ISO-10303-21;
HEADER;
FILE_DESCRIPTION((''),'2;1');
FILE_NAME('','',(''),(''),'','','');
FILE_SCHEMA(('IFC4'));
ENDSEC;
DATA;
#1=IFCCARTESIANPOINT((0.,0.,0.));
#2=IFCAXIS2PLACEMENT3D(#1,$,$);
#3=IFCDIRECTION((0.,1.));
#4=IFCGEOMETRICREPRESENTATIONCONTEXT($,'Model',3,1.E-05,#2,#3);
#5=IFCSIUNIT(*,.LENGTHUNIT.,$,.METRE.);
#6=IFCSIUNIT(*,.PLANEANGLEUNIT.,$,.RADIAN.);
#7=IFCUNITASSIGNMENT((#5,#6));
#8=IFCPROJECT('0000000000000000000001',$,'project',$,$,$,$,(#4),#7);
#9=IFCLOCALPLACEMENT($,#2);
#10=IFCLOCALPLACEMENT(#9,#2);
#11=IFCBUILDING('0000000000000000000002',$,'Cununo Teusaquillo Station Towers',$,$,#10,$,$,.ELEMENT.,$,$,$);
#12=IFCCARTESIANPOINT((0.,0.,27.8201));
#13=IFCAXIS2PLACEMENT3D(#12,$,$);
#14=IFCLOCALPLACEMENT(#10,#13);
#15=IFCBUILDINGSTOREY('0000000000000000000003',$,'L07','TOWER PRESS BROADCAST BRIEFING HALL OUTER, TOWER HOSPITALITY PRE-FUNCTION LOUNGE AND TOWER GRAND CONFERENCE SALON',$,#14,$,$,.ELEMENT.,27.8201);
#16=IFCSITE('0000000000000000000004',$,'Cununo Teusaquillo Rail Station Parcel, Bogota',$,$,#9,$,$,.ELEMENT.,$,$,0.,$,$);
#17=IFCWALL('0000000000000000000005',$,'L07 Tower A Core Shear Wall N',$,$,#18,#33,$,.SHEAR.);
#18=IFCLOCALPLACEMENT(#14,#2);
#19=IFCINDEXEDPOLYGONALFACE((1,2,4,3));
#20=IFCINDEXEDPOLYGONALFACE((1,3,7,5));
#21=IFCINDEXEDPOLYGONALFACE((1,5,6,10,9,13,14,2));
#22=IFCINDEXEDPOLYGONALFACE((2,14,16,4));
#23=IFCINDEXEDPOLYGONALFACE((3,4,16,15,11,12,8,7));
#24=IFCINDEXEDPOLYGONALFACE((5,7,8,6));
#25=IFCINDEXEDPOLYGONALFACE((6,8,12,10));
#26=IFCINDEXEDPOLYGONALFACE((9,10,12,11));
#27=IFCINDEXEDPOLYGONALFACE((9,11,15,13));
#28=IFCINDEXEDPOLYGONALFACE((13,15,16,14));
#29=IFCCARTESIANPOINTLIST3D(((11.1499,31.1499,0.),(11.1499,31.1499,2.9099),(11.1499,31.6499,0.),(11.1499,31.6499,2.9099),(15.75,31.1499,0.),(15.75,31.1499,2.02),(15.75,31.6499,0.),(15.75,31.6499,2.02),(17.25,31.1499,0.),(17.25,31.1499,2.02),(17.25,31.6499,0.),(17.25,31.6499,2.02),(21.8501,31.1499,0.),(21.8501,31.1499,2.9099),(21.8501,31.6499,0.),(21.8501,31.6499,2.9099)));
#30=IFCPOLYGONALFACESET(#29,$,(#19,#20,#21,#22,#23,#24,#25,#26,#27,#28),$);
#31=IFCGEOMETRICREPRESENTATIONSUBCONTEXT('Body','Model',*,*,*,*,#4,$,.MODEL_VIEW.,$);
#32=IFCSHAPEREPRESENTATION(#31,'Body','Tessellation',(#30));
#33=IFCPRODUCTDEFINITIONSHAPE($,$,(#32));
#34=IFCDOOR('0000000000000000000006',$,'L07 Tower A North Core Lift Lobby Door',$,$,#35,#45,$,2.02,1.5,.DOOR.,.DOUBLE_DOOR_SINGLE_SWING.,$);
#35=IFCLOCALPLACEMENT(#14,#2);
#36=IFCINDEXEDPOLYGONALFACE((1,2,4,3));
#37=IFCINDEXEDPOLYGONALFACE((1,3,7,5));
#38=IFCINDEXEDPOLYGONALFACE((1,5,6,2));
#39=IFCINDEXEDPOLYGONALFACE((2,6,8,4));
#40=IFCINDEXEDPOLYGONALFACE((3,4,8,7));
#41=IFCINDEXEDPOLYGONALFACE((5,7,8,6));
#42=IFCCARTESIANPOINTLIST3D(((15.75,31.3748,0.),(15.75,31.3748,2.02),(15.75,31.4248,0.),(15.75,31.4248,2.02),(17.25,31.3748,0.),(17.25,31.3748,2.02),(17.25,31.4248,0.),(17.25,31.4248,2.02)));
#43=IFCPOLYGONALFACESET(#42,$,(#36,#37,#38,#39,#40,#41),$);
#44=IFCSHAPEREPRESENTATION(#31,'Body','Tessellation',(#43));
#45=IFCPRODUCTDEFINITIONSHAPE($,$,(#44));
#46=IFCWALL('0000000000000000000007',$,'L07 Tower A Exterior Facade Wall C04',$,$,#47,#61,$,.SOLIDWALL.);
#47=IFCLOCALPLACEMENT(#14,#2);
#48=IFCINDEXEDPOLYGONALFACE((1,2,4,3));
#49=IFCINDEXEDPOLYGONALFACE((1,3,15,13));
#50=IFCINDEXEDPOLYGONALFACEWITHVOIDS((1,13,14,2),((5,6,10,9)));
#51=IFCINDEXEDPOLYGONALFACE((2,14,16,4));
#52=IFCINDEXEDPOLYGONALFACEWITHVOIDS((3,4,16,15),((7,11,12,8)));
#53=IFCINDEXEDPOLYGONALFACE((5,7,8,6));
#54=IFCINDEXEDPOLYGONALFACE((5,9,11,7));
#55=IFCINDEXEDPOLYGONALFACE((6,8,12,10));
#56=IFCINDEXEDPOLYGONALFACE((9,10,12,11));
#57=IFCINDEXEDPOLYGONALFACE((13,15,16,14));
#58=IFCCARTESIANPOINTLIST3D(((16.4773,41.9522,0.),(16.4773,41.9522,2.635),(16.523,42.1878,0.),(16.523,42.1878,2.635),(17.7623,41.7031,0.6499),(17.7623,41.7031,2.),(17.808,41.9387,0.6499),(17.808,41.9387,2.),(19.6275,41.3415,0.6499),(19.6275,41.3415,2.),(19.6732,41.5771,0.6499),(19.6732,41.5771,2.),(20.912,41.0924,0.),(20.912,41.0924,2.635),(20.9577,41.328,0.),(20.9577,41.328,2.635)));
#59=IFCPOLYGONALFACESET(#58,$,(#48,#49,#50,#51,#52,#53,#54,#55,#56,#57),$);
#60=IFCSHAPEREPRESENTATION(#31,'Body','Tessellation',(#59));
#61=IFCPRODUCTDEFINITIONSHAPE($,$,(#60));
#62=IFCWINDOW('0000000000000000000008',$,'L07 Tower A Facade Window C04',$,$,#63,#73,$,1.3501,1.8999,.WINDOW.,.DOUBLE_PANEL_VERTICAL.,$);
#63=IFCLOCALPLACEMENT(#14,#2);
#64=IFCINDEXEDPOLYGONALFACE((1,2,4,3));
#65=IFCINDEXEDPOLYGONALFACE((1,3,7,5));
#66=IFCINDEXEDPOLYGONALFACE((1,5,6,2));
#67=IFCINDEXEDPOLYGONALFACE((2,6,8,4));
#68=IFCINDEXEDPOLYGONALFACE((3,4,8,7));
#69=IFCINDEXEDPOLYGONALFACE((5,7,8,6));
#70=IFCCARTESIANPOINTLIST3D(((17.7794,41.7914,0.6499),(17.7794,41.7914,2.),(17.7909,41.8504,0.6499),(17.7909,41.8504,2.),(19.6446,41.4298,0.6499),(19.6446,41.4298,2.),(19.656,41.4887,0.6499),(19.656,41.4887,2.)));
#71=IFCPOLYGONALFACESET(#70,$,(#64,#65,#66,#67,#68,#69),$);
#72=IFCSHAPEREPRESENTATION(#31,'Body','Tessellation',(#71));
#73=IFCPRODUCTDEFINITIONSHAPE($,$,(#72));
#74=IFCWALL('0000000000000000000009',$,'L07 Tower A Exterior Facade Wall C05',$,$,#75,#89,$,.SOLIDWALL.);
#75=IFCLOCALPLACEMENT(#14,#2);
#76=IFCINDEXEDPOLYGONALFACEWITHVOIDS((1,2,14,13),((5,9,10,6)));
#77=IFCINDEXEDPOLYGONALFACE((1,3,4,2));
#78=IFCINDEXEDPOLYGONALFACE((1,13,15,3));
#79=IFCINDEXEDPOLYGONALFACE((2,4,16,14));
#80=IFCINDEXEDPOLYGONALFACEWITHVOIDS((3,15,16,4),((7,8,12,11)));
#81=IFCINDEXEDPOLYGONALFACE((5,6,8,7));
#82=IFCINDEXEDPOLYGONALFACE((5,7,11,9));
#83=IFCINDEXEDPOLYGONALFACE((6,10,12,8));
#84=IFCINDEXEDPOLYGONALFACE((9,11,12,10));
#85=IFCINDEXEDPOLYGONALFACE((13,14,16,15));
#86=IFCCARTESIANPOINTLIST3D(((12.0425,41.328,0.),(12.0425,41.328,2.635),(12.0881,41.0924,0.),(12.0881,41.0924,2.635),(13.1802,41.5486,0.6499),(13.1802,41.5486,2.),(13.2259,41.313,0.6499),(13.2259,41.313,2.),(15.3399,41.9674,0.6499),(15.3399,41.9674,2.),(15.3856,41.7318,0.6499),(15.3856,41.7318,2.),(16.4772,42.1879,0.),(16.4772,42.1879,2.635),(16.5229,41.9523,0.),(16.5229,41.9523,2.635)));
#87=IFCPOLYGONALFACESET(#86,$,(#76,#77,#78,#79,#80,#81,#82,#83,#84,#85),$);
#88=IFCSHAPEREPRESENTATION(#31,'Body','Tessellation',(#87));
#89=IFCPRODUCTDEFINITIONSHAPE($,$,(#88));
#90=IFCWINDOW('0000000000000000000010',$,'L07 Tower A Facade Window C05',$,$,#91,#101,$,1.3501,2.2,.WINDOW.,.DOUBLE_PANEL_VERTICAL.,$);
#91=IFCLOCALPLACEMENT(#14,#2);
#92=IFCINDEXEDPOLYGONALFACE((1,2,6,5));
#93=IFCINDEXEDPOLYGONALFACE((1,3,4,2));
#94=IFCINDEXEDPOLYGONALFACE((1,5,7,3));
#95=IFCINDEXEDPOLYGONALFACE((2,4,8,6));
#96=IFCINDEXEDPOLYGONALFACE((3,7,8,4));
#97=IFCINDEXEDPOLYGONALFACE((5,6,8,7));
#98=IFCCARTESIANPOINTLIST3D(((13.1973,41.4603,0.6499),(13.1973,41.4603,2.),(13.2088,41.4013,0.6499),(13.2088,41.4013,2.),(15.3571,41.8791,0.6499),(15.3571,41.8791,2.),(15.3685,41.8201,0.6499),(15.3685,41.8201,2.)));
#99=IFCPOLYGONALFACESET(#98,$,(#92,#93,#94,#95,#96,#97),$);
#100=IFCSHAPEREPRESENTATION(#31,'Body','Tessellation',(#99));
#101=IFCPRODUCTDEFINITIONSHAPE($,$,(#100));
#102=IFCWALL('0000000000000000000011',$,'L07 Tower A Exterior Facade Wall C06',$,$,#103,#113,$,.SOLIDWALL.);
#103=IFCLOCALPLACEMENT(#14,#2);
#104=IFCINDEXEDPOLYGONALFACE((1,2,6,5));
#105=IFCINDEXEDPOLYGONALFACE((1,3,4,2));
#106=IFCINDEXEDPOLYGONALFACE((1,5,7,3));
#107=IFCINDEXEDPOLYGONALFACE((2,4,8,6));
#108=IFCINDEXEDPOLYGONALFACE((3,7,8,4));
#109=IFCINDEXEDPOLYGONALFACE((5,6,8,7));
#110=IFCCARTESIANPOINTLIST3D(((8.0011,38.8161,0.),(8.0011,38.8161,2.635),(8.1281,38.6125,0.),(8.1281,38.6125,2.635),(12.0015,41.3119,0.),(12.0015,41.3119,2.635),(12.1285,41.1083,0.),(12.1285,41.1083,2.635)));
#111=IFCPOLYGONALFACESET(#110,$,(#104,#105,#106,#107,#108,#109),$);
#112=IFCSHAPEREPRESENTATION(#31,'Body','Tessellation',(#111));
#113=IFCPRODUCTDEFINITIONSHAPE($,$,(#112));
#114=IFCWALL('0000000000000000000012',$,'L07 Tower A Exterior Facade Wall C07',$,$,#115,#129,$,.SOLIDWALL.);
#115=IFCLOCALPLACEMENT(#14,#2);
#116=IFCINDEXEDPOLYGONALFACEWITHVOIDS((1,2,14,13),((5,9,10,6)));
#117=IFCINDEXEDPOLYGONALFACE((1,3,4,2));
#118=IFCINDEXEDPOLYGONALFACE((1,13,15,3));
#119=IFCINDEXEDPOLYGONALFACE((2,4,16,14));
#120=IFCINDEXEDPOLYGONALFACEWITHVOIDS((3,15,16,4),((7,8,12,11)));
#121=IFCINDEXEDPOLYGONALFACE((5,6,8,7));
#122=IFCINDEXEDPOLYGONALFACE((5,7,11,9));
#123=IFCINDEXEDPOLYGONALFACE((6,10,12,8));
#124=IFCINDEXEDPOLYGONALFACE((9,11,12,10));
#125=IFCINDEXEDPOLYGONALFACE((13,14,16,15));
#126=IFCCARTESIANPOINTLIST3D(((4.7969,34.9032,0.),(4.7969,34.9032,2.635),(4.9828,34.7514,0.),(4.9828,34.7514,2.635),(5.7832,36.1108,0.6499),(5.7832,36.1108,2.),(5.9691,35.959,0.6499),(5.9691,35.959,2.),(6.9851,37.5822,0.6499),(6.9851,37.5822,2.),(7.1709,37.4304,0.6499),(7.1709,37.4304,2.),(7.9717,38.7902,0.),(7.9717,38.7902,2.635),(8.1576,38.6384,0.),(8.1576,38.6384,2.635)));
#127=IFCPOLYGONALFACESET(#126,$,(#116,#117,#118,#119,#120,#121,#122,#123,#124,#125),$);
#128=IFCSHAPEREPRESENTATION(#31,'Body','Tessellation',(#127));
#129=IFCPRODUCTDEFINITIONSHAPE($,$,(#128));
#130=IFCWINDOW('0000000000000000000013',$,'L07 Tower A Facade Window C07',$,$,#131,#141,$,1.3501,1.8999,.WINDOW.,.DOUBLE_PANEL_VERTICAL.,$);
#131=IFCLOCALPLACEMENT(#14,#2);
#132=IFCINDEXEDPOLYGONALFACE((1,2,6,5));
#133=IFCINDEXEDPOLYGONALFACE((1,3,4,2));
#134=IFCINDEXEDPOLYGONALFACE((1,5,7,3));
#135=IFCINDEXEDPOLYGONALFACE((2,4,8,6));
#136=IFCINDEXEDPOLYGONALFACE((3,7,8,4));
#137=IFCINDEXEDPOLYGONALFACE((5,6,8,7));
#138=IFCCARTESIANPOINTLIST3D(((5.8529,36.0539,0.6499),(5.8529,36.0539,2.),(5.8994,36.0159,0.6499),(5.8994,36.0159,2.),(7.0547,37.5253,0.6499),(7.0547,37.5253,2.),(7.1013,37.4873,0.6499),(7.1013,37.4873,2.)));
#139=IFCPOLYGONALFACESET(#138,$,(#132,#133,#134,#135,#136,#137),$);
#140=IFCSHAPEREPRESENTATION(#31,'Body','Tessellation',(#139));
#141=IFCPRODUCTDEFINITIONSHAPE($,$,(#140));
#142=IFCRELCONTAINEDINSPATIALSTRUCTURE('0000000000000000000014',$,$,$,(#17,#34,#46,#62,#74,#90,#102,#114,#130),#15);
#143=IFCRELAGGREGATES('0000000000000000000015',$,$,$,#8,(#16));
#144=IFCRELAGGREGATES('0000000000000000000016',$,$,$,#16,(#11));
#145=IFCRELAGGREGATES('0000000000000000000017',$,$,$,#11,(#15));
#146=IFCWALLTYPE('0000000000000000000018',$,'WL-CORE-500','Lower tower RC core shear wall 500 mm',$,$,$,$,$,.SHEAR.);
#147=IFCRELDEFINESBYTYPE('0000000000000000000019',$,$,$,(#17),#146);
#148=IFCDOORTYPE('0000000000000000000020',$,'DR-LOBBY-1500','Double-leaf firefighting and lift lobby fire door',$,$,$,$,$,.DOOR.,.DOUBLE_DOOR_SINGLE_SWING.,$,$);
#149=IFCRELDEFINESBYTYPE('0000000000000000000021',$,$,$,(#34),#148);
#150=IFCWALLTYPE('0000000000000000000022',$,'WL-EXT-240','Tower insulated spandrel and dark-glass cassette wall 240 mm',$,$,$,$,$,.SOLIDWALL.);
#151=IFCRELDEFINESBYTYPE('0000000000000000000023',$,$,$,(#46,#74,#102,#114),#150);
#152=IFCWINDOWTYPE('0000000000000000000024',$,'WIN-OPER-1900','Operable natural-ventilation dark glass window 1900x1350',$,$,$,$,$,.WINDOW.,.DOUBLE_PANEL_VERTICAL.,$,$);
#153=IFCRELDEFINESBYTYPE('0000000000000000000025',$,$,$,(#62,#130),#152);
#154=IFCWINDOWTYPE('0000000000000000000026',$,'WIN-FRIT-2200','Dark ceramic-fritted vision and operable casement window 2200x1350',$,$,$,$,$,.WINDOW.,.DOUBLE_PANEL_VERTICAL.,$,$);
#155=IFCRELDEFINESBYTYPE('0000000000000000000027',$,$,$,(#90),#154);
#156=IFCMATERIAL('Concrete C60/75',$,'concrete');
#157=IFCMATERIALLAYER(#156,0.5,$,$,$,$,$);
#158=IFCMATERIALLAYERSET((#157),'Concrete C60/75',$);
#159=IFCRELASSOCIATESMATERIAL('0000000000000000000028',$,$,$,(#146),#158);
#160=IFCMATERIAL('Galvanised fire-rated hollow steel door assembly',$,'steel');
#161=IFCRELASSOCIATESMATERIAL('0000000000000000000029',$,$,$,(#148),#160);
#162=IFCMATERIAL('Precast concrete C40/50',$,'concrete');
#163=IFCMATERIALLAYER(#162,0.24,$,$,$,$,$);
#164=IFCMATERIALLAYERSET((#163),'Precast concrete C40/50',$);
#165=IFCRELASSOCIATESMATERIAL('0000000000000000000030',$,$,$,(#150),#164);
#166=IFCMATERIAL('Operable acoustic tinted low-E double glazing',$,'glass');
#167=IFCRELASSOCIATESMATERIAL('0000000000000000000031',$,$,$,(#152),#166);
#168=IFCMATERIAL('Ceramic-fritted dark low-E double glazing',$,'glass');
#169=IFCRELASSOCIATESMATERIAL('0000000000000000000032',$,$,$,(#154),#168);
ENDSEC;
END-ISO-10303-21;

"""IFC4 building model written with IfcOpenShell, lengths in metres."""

from ifc_helpers import new_model, si_unit, direction, frame, frame_2d, origin, place, context, subcontext, project, spatial, rectangle, extrude, source, transform, mapped, material, layer, layer_set, type_object, element, fill, save


model = new_model("IFC4")

# Units and contexts
model_context = context("Model", 3, precision=1e-05, world=origin(), true_north=direction((0.0, 1.0)))
body_context = subcontext(model_context, "Body", "Model", "MODEL_VIEW")
ifc_project = project(units=[si_unit("LENGTHUNIT", "METRE"), si_unit("PLANEANGLEUNIT", "RADIAN")], contexts=[model_context])

# Site, building, storey
site_placement = place(None, origin())
site = spatial("IfcSite", under=ifc_project, at=site_placement, Name="Cununo Teusaquillo Rail Station Parcel, Bogota", CompositionType="ELEMENT", RefElevation=0.0)
building_placement = place(site_placement, origin())
building = spatial("IfcBuilding", under=site, at=building_placement, Name="Cununo Teusaquillo Station Towers", CompositionType="ELEMENT")
storey_placement = place(building_placement, frame((0.0, 0.0, 27.8201)))
storey = spatial("IfcBuildingStorey", under=building, at=storey_placement, Name="L07", Description="TOWER PRESS BROADCAST BRIEFING HALL OUTER, TOWER HOSPITALITY PRE-FUNCTION LOUNGE AND TOWER GRAND CONFERENCE SALON", CompositionType="ELEMENT", Elevation=27.8201)

# Wall, opening, door
ifc_material_1 = material(Name="Concrete C60/75", Category="concrete")
ifc_layer_1 = layer(ifc_material_1, 0.5)
ifc_layer_set_1 = layer_set([ifc_layer_1], Name="Concrete C60/75")
wall_type_1 = type_object("IfcWallType", Name="WL-CORE-500", Description="Lower tower RC core shear wall 500 mm", PredefinedType="SHEAR", material=ifc_layer_set_1)
wall_1_placement = place(storey_placement, frame((11.1499, 31.3999, 0.0), z_axis=(0.0, 0.0, 1.0), x_axis=(1.0, 0.0, 0.0)))
wall_1 = element("IfcWall", 1, at=wall_1_placement, inside=storey, type_object=wall_type_1, Name="L07 Tower A Core Shear Wall N", PredefinedType="SHEAR", context=body_context, shape_type="SweptSolid", body=[
    extrude(rectangle(XDim=10.7002, YDim=0.5, at=frame_2d((5.3501, 0.0))), origin(), (0.0, 0.0, 1.0), 2.9099),
])
shared_shape_1 = source(origin(), body_context, "Body", "SweptSolid", [
    extrude(rectangle(XDim=1.5, YDim=2.02, at=frame_2d((0.75, 1.01))), frame((0.0, 0.26, 0.0), z_axis=(0.0, -1.0, 0.0), x_axis=(1.0, 0.0, 0.0)), (0.0, 0.0, 1.0), 0.52),
])
opening_1_placement = place(wall_1_placement, frame((4.6001, 0.0, 0.0)))
opening_1 = element("IfcOpeningElement", 2, at=opening_1_placement, cuts=wall_1, PredefinedType="OPENING", context=body_context, shape_type="MappedRepresentation", body=[
    mapped(shared_shape_1, transform((0.0, 0.0, 0.0), x_axis=(1.0, 0.0, 0.0), y_axis=(0.0, 1.0, 0.0), z_axis=(0.0, 0.0, 1.0), scale=1.0)),
])
ifc_material_2 = material(Name="Galvanised fire-rated hollow steel door assembly", Category="steel")
door_type_1 = type_object("IfcDoorType", Name="DR-LOBBY-1500", Description="Double-leaf firefighting and lift lobby fire door", OperationType="DOUBLE_DOOR_SINGLE_SWING", PredefinedType="DOOR", material=ifc_material_2)
shared_shape_2 = source(origin(), body_context, "Body", "SweptSolid", [
    extrude(rectangle(XDim=1.5, YDim=2.02, at=frame_2d((0.75, 1.01))), frame((0.0, 0.0249, 0.0), z_axis=(0.0, -1.0, 0.0), x_axis=(1.0, 0.0, 0.0)), (0.0, 0.0, 1.0), 0.05),
])
door_1_placement = place(opening_1_placement, origin())
door_1 = element("IfcDoor", 3, at=door_1_placement, inside=storey, type_object=door_type_1, Name="L07 Tower A North Core Lift Lobby Door", OperationType="DOUBLE_DOOR_SINGLE_SWING", OverallHeight=2.02, OverallWidth=1.5, PredefinedType="DOOR", context=body_context, shape_type="MappedRepresentation", body=[
    mapped(shared_shape_2, transform((0.0, 0.0, 0.0), x_axis=(1.0, 0.0, 0.0), y_axis=(0.0, 1.0, 0.0), z_axis=(0.0, 0.0, 1.0), scale=1.0)),
])
fill(opening_1, door_1)

# Walls, openings, windows
ifc_material_3 = material(Name="Precast concrete C40/50", Category="concrete")
ifc_layer_2 = layer(ifc_material_3, 0.24)
ifc_layer_set_2 = layer_set([ifc_layer_2], Name="Precast concrete C40/50")
wall_type_2 = type_object("IfcWallType", Name="WL-EXT-240", Description="Tower insulated spandrel and dark-glass cassette wall 240 mm", PredefinedType="SOLIDWALL", material=ifc_layer_set_2)
wall_2_placement = place(storey_placement, frame((16.5, 42.0701, 0.0), z_axis=(0.0, 0.0, 1.0), x_axis=(0.981717, -0.190345, 0.0)))
wall_2 = element("IfcWall", 4, at=wall_2_placement, inside=storey, type_object=wall_type_2, Name="L07 Tower A Exterior Facade Wall C04", PredefinedType="SOLIDWALL", context=body_context, shape_type="SweptSolid", body=[
    extrude(rectangle(XDim=4.5173, YDim=0.24, at=frame_2d((2.2588, 0.0))), origin(), (0.0, 0.0, 1.0), 2.635),
])
shared_shape_3 = source(origin(), body_context, "Body", "SweptSolid", [
    extrude(rectangle(XDim=1.8999, YDim=1.3501, at=frame_2d((0.95, 0.675))), frame((0.0, 0.1299, 0.0), z_axis=(0.0, -1.0, 0.0), x_axis=(1.0, 0.0, 0.0)), (0.0, 0.0, 1.0), 0.26),
])
opening_2_placement = place(wall_2_placement, frame((1.3091, 0.0, 0.6499)))
opening_2 = element("IfcOpeningElement", 5, at=opening_2_placement, cuts=wall_2, PredefinedType="OPENING", context=body_context, shape_type="MappedRepresentation", body=[
    mapped(shared_shape_3, transform((0.0, 0.0, 0.0), x_axis=(1.0, 0.0, 0.0), y_axis=(0.0, 1.0, 0.0), z_axis=(0.0, 0.0, 1.0), scale=1.0)),
])
ifc_material_4 = material(Name="Operable acoustic tinted low-E double glazing", Category="glass")
window_type_1 = type_object("IfcWindowType", Name="WIN-OPER-1900", Description="Operable natural-ventilation dark glass window 1900x1350", PartitioningType="DOUBLE_PANEL_VERTICAL", PredefinedType="WINDOW", material=ifc_material_4)
shared_shape_4 = source(origin(), body_context, "Body", "SweptSolid", [
    extrude(rectangle(XDim=1.8999, YDim=1.3501, at=frame_2d((0.95, 0.675))), frame((0.0, 0.03, 0.0), z_axis=(0.0, -1.0, 0.0), x_axis=(1.0, 0.0, 0.0)), (0.0, 0.0, 1.0), 0.0601),
])
window_1_placement = place(opening_2_placement, origin())
window_1 = element("IfcWindow", 6, at=window_1_placement, inside=storey, type_object=window_type_1, Name="L07 Tower A Facade Window C04", OverallHeight=1.3501, OverallWidth=1.8999, PartitioningType="DOUBLE_PANEL_VERTICAL", PredefinedType="WINDOW", context=body_context, shape_type="MappedRepresentation", body=[
    mapped(shared_shape_4, transform((0.0, 0.0, 0.0), x_axis=(1.0, 0.0, 0.0), y_axis=(0.0, 1.0, 0.0), z_axis=(0.0, 0.0, 1.0), scale=1.0)),
])
fill(opening_2, window_1)
wall_3_placement = place(storey_placement, frame((12.0652, 41.2102, 0.0), z_axis=(0.0, 0.0, 1.0), x_axis=(0.981717, 0.190345, 0.0)))
wall_3 = element("IfcWall", 7, at=wall_3_placement, inside=storey, type_object=wall_type_2, Name="L07 Tower A Exterior Facade Wall C05", PredefinedType="SOLIDWALL", context=body_context, shape_type="SweptSolid", body=[
    extrude(rectangle(XDim=4.5173, YDim=0.24, at=frame_2d((2.2588, 0.0))), origin(), (0.0, 0.0, 1.0), 2.635),
])
shared_shape_5 = source(origin(), body_context, "Body", "SweptSolid", [
    extrude(rectangle(XDim=2.2, YDim=1.3501, at=frame_2d((1.1001, 0.675))), frame((0.0, 0.1299, 0.0), z_axis=(0.0, -1.0, 0.0), x_axis=(1.0, 0.0, 0.0)), (0.0, 0.0, 1.0), 0.26),
])
opening_3_placement = place(wall_3_placement, frame((1.1589, 0.0, 0.6499)))
opening_3 = element("IfcOpeningElement", 8, at=opening_3_placement, cuts=wall_3, PredefinedType="OPENING", context=body_context, shape_type="MappedRepresentation", body=[
    mapped(shared_shape_5, transform((0.0, 0.0, 0.0), x_axis=(1.0, 0.0, 0.0), y_axis=(0.0, 1.0, 0.0), z_axis=(0.0, 0.0, 1.0), scale=1.0)),
])
ifc_material_5 = material(Name="Ceramic-fritted dark low-E double glazing", Category="glass")
window_type_2 = type_object("IfcWindowType", Name="WIN-FRIT-2200", Description="Dark ceramic-fritted vision and operable casement window 2200x1350", PartitioningType="DOUBLE_PANEL_VERTICAL", PredefinedType="WINDOW", material=ifc_material_5)
shared_shape_6 = source(origin(), body_context, "Body", "SweptSolid", [
    extrude(rectangle(XDim=2.2, YDim=1.3501, at=frame_2d((1.1001, 0.675))), frame((0.0, 0.03, 0.0), z_axis=(0.0, -1.0, 0.0), x_axis=(1.0, 0.0, 0.0)), (0.0, 0.0, 1.0), 0.0601),
])
window_2_placement = place(opening_3_placement, origin())
window_2 = element("IfcWindow", 9, at=window_2_placement, inside=storey, type_object=window_type_2, Name="L07 Tower A Facade Window C05", OverallHeight=1.3501, OverallWidth=2.2, PartitioningType="DOUBLE_PANEL_VERTICAL", PredefinedType="WINDOW", context=body_context, shape_type="MappedRepresentation", body=[
    mapped(shared_shape_6, transform((0.0, 0.0, 0.0), x_axis=(1.0, 0.0, 0.0), y_axis=(0.0, 1.0, 0.0), z_axis=(0.0, 0.0, 1.0), scale=1.0)),
])
fill(opening_3, window_2)

# Wall
wall_4_placement = place(storey_placement, frame((8.0647, 38.7144, 0.0), z_axis=(0.0, 0.0, 1.0), x_axis=(0.848423, 0.529319, 0.0)))
element("IfcWall", 10, at=wall_4_placement, inside=storey, type_object=wall_type_2, Name="L07 Tower A Exterior Facade Wall C06", PredefinedType="SOLIDWALL", context=body_context, shape_type="SweptSolid", body=[
    extrude(rectangle(XDim=4.7151, YDim=0.24, at=frame_2d((2.3574, 0.0))), origin(), (0.0, 0.0, 1.0), 2.635),
])

# Wall, opening, window
wall_5_placement = place(storey_placement, frame((4.8899, 34.8274, 0.0), z_axis=(0.0, 0.0, 1.0), x_axis=(0.632589, 0.774488, 0.0)))
wall_5 = element("IfcWall", 11, at=wall_5_placement, inside=storey, type_object=wall_type_2, Name="L07 Tower A Exterior Facade Wall C07", PredefinedType="SOLIDWALL", context=body_context, shape_type="SweptSolid", body=[
    extrude(rectangle(XDim=5.0188, YDim=0.24, at=frame_2d((2.5093, 0.0))), origin(), (0.0, 0.0, 1.0), 2.635),
])
opening_4_placement = place(wall_5_placement, frame((1.5591, 0.0, 0.6499)))
opening_4 = element("IfcOpeningElement", 12, at=opening_4_placement, cuts=wall_5, PredefinedType="OPENING", context=body_context, shape_type="MappedRepresentation", body=[
    mapped(shared_shape_3, transform((0.0, 0.0, 0.0), x_axis=(1.0, 0.0, 0.0), y_axis=(0.0, 1.0, 0.0), z_axis=(0.0, 0.0, 1.0), scale=1.0)),
])
window_3_placement = place(opening_4_placement, origin())
window_3 = element("IfcWindow", 13, at=window_3_placement, inside=storey, type_object=window_type_1, Name="L07 Tower A Facade Window C07", OverallHeight=1.3501, OverallWidth=1.8999, PartitioningType="DOUBLE_PANEL_VERTICAL", PredefinedType="WINDOW", context=body_context, shape_type="MappedRepresentation", body=[
    mapped(shared_shape_4, transform((0.0, 0.0, 0.0), x_axis=(1.0, 0.0, 0.0), y_axis=(0.0, 1.0, 0.0), z_axis=(0.0, 0.0, 1.0), scale=1.0)),
])
fill(opening_4, window_3)

save(model, "model.ifc")
